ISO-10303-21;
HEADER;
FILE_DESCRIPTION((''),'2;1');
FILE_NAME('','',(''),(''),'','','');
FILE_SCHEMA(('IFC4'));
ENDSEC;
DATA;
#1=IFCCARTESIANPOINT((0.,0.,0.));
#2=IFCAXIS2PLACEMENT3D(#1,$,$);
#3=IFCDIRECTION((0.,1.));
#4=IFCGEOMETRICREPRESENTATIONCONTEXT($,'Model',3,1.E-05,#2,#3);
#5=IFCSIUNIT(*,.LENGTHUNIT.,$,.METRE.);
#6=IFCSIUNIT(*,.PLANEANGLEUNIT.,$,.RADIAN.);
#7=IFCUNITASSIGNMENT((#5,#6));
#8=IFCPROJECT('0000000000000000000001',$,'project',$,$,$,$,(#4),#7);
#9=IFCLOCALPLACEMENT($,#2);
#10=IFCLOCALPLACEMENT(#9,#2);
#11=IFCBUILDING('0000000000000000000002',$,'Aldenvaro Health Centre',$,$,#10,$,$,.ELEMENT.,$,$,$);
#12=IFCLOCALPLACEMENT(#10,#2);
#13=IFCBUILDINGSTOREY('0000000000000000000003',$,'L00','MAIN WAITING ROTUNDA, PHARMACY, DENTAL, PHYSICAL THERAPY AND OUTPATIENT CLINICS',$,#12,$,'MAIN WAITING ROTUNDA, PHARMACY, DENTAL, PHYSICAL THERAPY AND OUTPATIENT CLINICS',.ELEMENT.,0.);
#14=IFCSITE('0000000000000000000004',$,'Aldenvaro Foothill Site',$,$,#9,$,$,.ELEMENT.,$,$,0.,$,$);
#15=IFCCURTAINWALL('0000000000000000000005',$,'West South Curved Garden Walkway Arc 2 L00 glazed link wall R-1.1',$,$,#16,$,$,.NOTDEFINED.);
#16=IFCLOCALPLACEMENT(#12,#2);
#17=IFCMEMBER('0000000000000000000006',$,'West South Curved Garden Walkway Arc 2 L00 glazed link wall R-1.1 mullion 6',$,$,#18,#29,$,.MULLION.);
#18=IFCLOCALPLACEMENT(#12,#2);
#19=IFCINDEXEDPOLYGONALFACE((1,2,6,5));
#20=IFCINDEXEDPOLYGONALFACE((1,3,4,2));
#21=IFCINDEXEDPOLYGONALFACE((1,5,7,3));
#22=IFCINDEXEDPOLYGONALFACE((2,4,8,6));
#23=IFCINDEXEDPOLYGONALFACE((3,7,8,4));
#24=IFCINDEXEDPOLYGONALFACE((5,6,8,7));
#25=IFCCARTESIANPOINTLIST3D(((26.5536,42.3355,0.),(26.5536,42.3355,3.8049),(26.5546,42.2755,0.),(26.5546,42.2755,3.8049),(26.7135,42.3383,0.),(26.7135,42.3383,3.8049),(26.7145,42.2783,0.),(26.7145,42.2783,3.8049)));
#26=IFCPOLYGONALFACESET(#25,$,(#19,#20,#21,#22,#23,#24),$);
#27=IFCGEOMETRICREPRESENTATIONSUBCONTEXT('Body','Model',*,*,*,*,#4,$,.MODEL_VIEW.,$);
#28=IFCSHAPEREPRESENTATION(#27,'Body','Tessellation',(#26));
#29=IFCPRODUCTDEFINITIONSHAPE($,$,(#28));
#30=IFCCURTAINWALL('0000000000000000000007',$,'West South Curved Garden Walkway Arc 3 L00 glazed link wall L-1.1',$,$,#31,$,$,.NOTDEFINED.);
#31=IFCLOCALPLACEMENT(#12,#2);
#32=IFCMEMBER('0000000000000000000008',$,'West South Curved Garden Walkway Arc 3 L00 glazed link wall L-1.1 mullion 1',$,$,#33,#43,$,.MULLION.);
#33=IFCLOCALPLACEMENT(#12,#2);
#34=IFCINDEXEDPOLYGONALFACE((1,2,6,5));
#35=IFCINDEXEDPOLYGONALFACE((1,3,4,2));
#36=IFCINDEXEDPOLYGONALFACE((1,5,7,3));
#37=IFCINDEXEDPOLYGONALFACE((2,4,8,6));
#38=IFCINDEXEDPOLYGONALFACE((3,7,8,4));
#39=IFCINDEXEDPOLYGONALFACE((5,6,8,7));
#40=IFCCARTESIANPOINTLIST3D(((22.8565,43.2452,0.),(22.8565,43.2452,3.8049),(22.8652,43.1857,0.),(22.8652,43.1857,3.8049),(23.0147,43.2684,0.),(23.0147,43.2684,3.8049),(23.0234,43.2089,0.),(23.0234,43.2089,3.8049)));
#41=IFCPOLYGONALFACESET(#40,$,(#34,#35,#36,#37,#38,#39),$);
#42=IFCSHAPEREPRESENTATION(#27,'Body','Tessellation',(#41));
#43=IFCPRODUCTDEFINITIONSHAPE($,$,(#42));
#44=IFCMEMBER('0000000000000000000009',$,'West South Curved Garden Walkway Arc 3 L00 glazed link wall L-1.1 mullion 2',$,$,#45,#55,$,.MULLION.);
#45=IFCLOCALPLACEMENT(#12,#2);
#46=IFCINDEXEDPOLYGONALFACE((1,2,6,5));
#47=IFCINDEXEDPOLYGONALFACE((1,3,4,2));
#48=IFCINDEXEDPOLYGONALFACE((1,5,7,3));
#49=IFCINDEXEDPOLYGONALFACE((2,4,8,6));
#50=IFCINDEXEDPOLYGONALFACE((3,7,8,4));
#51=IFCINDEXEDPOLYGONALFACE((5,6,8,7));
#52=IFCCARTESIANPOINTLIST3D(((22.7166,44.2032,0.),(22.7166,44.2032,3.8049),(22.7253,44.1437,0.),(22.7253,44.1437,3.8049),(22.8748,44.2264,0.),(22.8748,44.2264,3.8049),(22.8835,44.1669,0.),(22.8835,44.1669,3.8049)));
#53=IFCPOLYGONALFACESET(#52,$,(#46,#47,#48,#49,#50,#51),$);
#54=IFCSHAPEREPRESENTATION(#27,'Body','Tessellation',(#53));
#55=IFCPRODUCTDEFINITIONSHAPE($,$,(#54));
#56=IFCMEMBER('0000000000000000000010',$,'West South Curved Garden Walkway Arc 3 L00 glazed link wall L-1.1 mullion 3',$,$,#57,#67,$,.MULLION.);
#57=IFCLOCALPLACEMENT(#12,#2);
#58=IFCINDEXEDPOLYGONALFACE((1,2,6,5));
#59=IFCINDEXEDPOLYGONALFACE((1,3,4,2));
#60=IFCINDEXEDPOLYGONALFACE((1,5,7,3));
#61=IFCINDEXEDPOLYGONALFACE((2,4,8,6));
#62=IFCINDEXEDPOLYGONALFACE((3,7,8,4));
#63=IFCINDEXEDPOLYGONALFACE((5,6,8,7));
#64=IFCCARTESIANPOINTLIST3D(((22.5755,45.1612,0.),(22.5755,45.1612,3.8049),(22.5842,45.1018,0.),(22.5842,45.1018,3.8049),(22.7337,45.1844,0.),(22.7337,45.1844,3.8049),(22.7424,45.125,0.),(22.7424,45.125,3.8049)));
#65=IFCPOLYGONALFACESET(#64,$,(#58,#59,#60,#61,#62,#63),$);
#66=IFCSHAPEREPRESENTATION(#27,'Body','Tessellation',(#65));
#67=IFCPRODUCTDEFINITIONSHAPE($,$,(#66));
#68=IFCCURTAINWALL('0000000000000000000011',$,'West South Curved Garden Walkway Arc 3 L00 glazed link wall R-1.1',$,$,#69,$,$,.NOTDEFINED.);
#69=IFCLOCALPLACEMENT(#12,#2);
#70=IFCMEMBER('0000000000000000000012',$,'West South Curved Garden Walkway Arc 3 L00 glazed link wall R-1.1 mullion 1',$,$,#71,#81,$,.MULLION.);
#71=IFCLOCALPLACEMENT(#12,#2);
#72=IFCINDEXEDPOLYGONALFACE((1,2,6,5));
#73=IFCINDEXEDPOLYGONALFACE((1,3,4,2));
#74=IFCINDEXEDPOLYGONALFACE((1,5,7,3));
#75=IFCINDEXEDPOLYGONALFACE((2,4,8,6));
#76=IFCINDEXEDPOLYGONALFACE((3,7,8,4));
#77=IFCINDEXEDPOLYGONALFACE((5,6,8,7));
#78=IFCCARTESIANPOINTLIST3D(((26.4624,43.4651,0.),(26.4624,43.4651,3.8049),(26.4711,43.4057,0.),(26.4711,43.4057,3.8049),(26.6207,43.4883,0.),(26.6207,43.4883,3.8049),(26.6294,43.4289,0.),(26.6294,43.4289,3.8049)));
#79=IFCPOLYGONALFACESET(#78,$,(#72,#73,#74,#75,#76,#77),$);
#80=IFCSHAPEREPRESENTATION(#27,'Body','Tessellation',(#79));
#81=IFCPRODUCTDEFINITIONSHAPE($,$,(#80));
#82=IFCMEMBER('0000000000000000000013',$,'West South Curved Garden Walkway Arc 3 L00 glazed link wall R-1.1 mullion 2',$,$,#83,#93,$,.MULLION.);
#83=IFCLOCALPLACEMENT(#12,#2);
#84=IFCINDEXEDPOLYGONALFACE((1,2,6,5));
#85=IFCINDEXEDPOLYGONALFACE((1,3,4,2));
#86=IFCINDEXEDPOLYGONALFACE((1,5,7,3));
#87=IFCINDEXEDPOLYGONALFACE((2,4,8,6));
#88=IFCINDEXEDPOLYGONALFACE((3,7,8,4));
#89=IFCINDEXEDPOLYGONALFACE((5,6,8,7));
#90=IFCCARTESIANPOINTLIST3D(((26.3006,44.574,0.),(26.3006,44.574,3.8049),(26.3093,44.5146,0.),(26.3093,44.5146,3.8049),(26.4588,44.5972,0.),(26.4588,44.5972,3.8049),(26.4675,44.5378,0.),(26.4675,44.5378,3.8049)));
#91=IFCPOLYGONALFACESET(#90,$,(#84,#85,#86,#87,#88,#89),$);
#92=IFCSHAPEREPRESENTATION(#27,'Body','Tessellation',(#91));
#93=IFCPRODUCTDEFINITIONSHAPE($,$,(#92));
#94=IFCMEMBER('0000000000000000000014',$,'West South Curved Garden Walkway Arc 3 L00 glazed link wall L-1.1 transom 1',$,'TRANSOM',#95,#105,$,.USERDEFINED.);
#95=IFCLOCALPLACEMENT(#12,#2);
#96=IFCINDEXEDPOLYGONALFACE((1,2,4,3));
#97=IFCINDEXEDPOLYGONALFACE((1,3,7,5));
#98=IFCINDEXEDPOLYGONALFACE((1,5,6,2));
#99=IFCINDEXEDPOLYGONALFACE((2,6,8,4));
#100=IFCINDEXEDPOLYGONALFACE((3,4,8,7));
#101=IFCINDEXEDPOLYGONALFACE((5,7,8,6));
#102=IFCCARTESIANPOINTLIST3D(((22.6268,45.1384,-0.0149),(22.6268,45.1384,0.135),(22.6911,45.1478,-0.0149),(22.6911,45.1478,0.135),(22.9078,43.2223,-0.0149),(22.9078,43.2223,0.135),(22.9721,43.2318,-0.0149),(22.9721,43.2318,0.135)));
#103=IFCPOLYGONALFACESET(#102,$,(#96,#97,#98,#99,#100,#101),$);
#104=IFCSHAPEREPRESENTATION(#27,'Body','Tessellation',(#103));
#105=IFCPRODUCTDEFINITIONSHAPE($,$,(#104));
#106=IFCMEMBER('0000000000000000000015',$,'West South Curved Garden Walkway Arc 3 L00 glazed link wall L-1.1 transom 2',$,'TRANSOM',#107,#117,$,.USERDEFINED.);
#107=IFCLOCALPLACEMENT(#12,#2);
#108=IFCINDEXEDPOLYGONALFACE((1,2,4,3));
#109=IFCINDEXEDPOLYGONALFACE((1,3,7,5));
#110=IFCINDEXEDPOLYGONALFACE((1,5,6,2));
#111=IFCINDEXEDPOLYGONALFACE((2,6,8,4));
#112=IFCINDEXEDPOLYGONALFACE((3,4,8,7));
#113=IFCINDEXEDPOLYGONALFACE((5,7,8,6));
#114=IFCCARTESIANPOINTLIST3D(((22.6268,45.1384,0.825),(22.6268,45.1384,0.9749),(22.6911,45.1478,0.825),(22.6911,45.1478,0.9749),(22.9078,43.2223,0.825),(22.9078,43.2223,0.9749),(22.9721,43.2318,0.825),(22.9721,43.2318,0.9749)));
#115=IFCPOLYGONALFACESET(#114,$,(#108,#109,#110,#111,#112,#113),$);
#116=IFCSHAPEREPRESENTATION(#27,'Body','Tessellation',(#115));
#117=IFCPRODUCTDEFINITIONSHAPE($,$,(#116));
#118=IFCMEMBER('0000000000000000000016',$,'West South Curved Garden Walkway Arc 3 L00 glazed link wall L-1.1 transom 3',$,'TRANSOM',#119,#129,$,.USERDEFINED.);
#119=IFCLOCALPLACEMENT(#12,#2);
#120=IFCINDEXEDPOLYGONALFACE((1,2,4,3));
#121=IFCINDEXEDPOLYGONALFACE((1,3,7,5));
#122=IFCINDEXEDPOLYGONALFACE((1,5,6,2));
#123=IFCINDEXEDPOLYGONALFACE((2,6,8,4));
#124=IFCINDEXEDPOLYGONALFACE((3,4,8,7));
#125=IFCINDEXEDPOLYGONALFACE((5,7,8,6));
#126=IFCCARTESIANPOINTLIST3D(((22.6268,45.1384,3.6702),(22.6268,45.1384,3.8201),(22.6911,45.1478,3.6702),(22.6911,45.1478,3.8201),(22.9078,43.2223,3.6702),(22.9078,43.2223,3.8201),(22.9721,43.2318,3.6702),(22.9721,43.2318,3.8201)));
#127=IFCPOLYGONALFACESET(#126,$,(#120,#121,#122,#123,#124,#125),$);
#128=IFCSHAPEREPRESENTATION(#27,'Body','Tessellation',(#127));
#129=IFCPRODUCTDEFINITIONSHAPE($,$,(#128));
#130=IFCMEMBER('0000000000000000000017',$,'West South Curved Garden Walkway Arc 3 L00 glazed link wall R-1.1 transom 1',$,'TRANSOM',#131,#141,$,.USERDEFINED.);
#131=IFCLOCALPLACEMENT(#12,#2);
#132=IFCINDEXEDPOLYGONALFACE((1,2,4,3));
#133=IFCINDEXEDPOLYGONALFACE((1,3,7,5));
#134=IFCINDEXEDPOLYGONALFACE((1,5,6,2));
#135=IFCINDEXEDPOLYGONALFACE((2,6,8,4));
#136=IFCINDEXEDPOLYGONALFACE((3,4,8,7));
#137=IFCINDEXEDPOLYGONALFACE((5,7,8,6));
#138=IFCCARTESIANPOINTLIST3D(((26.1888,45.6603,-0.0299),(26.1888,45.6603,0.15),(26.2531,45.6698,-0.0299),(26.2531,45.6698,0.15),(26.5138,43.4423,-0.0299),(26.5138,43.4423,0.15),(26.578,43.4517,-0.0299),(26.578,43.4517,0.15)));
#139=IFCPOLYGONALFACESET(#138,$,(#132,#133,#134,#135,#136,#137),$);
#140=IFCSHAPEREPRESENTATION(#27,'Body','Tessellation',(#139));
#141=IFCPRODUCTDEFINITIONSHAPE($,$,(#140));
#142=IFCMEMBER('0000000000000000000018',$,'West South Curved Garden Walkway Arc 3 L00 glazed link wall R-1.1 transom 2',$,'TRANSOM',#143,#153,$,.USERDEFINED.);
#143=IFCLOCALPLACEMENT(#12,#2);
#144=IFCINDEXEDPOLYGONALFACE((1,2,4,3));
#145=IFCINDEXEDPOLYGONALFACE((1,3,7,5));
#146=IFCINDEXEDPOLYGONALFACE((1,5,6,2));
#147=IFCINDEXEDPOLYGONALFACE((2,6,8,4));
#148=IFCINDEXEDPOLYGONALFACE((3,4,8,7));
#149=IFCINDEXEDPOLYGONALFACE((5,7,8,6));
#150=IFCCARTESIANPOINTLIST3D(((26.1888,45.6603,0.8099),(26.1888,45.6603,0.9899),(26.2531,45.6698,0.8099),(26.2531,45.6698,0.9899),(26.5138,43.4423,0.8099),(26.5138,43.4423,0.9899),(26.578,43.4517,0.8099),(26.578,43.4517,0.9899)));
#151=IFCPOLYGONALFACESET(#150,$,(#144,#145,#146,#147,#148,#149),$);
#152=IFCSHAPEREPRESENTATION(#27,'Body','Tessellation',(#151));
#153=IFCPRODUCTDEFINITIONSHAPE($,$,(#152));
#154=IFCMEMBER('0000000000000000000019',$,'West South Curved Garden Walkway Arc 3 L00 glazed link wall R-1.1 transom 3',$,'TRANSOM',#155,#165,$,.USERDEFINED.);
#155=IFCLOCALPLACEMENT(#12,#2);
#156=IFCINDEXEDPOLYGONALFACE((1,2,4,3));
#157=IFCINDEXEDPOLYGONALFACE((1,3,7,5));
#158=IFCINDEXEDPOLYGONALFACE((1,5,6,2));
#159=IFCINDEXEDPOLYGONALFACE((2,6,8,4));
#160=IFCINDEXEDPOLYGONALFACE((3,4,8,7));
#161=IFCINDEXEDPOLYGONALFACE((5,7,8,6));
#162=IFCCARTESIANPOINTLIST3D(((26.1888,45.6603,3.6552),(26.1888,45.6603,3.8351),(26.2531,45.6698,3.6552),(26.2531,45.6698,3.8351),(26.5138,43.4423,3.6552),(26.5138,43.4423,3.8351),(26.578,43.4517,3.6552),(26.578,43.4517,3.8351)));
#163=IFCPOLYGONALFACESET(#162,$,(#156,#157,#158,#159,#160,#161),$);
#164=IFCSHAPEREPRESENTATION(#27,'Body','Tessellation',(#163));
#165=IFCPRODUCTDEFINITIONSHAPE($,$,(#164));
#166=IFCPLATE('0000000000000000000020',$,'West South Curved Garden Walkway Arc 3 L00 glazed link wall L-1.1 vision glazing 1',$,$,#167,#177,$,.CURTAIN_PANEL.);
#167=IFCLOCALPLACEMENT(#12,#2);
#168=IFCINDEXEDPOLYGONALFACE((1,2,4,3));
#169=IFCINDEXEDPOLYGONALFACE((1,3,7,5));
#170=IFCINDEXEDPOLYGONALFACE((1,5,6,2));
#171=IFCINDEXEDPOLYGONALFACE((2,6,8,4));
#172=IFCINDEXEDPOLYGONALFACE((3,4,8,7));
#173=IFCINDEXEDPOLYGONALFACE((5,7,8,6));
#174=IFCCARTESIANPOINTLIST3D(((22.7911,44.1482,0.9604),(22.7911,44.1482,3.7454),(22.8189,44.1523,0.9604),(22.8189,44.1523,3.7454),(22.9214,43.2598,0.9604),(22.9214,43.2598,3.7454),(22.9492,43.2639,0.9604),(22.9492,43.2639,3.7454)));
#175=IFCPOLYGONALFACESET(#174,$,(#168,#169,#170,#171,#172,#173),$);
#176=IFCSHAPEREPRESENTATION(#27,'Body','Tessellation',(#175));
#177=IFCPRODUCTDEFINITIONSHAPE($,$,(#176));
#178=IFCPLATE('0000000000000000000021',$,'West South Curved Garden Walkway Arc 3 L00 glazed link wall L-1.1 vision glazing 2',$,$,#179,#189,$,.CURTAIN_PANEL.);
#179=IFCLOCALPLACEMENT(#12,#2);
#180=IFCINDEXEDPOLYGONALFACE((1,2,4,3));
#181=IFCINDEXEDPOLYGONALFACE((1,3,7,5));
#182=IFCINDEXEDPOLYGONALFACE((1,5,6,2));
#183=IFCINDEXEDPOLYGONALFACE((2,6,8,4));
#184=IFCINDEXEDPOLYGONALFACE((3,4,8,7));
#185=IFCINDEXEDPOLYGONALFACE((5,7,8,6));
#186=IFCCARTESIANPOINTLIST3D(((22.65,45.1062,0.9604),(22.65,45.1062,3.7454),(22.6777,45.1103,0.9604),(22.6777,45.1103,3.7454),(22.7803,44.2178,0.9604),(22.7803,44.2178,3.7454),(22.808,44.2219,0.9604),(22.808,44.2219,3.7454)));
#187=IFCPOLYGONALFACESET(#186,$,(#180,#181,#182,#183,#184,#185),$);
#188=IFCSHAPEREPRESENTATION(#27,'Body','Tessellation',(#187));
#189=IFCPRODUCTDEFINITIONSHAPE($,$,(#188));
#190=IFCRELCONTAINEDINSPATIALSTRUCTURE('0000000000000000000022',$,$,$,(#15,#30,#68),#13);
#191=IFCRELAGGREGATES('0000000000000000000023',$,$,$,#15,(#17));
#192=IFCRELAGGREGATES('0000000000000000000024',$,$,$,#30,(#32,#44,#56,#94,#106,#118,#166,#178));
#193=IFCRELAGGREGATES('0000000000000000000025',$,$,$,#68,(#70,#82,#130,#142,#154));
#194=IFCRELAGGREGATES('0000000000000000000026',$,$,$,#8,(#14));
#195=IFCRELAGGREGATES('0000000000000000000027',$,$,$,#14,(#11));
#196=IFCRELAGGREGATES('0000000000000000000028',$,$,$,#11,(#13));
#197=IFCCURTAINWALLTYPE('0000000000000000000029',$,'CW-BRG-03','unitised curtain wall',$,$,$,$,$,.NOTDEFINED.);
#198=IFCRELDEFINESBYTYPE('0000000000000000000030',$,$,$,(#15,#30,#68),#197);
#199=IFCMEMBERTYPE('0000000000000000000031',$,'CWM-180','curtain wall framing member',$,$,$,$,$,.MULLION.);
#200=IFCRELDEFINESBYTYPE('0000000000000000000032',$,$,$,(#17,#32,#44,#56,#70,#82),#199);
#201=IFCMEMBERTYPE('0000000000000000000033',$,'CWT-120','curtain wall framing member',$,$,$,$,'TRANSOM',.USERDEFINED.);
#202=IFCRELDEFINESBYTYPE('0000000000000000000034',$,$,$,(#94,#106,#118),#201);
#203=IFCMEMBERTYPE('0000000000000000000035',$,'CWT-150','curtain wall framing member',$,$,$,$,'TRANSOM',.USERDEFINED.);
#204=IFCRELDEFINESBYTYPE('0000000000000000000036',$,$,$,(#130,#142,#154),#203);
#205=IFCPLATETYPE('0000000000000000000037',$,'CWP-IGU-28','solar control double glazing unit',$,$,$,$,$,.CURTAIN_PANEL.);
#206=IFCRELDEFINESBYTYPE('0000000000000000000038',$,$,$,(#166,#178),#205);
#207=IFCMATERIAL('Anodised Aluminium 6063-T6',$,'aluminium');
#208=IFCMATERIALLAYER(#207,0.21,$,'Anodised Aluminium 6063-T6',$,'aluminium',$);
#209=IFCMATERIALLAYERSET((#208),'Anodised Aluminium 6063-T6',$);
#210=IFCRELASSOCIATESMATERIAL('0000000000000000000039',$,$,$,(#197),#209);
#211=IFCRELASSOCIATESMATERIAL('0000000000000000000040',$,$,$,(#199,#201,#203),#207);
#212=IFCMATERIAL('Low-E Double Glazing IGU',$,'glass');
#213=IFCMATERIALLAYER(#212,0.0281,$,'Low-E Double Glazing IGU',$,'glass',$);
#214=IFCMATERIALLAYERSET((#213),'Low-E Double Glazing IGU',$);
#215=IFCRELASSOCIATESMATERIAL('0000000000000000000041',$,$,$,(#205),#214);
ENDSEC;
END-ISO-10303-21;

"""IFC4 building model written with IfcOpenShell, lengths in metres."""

from ifc_helpers import new_model, si_unit, direction, frame, origin, origin_2d, place, context, subcontext, project, spatial, rectangle, extrude, material, layer, layer_set, material_profile, profile_set, type_object, element, aggregate, save


model = new_model("IFC4")

# Units and contexts
model_context = context("Model", 3, precision=1e-05, world=origin(), true_north=direction((0.0, 1.0)))
body_context = subcontext(model_context, "Body", "Model", "MODEL_VIEW")
ifc_project = project(units=[si_unit("LENGTHUNIT", "METRE"), si_unit("PLANEANGLEUNIT", "RADIAN")], contexts=[model_context])

# Site, building, storey
site_placement = place(None, origin())
site = spatial("IfcSite", under=ifc_project, at=site_placement, Name="Aldenvaro Foothill Site", CompositionType="ELEMENT", RefElevation=0.0)
building_placement = place(site_placement, origin())
building = spatial("IfcBuilding", under=site, at=building_placement, Name="Aldenvaro Health Centre", CompositionType="ELEMENT")
storey_placement = place(building_placement, origin())
storey = spatial("IfcBuildingStorey", under=building, at=storey_placement, Name="L00", Description="MAIN WAITING ROTUNDA, PHARMACY, DENTAL, PHYSICAL THERAPY AND OUTPATIENT CLINICS", LongName="MAIN WAITING ROTUNDA, PHARMACY, DENTAL, PHYSICAL THERAPY AND OUTPATIENT CLINICS", CompositionType="ELEMENT", Elevation=0.0)

# Curtain wall, member
ifc_material_1 = material(Name="Anodised Aluminium 6063-T6", Category="aluminium")
ifc_layer_1 = layer(ifc_material_1, 0.21, Name="Anodised Aluminium 6063-T6", Category="aluminium")
ifc_layer_set_1 = layer_set([ifc_layer_1], Name="Anodised Aluminium 6063-T6")
curtain_wall_type = type_object("IfcCurtainWallType", Name="CW-BRG-03", Description="unitised curtain wall", PredefinedType="NOTDEFINED", material=ifc_layer_set_1)
ifc_material_profile_1 = material_profile(ifc_material_1, rectangle(XDim=0.0601, YDim=0.1599, at=origin_2d()), Name="ALU 60x160", Category="aluminium")
ifc_profile_set_1 = profile_set([ifc_material_profile_1], Name="Anodised Aluminium 6063-T6")
member_type_1 = type_object("IfcMemberType", Name="CWM-180", Description="curtain wall framing member", PredefinedType="MULLION", material=ifc_profile_set_1)
curtain_wall_1_placement = place(storey_placement, origin())
curtain_wall_1 = element("IfcCurtainWall", 1, at=curtain_wall_1_placement, inside=storey, type_object=curtain_wall_type, Name="West South Curved Garden Walkway Arc 2 L00 glazed link wall R-1.1", PredefinedType="NOTDEFINED")
member_1_placement = place(storey_placement, frame((26.634, 42.3069, 0.0), z_axis=(0.0, 0.0, 1.0), x_axis=(-0.017414, 0.999848, 0.0)))
member_1 = element("IfcMember", 2, at=member_1_placement, type_object=member_type_1, Name="West South Curved Garden Walkway Arc 2 L00 glazed link wall R-1.1 mullion 6", PredefinedType="MULLION", context=body_context, shape_type="SweptSolid", body=[
    extrude(rectangle(XDim=0.0601, YDim=0.1599, at=origin_2d()), origin(), (0.0, 0.0, 1.0), 3.8049),
])
aggregate(curtain_wall_1, [member_1])

# Curtain walls, members
curtain_wall_2_placement = place(storey_placement, origin())
curtain_wall_2 = element("IfcCurtainWall", 3, at=curtain_wall_2_placement, inside=storey, type_object=curtain_wall_type, Name="West South Curved Garden Walkway Arc 3 L00 glazed link wall L-1.1", PredefinedType="NOTDEFINED")
member_2_placement = place(storey_placement, frame((22.9399, 43.2271, 0.0), z_axis=(0.0, 0.0, 1.0), x_axis=(-0.145107, 0.989416, 0.0)))
member_2 = element("IfcMember", 4, at=member_2_placement, type_object=member_type_1, Name="West South Curved Garden Walkway Arc 3 L00 glazed link wall L-1.1 mullion 1", PredefinedType="MULLION", context=body_context, shape_type="SweptSolid", body=[
    extrude(rectangle(XDim=0.0601, YDim=0.1599, at=origin_2d()), origin(), (0.0, 0.0, 1.0), 3.8049),
])
member_3_placement = place(storey_placement, frame((22.8, 44.1851, 0.0), z_axis=(0.0, 0.0, 1.0), x_axis=(-0.145107, 0.989416, 0.0)))
member_3 = element("IfcMember", 5, at=member_3_placement, type_object=member_type_1, Name="West South Curved Garden Walkway Arc 3 L00 glazed link wall L-1.1 mullion 2", PredefinedType="MULLION", context=body_context, shape_type="SweptSolid", body=[
    extrude(rectangle(XDim=0.0601, YDim=0.1599, at=origin_2d()), origin(), (0.0, 0.0, 1.0), 3.8049),
])
member_4_placement = place(storey_placement, frame((22.6589, 45.1431, 0.0), z_axis=(0.0, 0.0, 1.0), x_axis=(-0.145107, 0.989416, 0.0)))
member_4 = element("IfcMember", 6, at=member_4_placement, type_object=member_type_1, Name="West South Curved Garden Walkway Arc 3 L00 glazed link wall L-1.1 mullion 3", PredefinedType="MULLION", context=body_context, shape_type="SweptSolid", body=[
    extrude(rectangle(XDim=0.0601, YDim=0.1599, at=origin_2d()), origin(), (0.0, 0.0, 1.0), 3.8049),
])
curtain_wall_3_placement = place(storey_placement, origin())
curtain_wall_3 = element("IfcCurtainWall", 7, at=curtain_wall_3_placement, inside=storey, type_object=curtain_wall_type, Name="West South Curved Garden Walkway Arc 3 L00 glazed link wall R-1.1", PredefinedType="NOTDEFINED")
member_5_placement = place(storey_placement, frame((26.5459, 43.447, 0.0), z_axis=(0.0, 0.0, 1.0), x_axis=(-0.14498, 0.989435, 0.0)))
member_5 = element("IfcMember", 8, at=member_5_placement, type_object=member_type_1, Name="West South Curved Garden Walkway Arc 3 L00 glazed link wall R-1.1 mullion 1", PredefinedType="MULLION", context=body_context, shape_type="SweptSolid", body=[
    extrude(rectangle(XDim=0.0601, YDim=0.1599, at=origin_2d()), origin(), (0.0, 0.0, 1.0), 3.8049),
])
member_6_placement = place(storey_placement, frame((26.384, 44.5559, 0.0), z_axis=(0.0, 0.0, 1.0), x_axis=(-0.14498, 0.989435, 0.0)))
member_6 = element("IfcMember", 9, at=member_6_placement, type_object=member_type_1, Name="West South Curved Garden Walkway Arc 3 L00 glazed link wall R-1.1 mullion 2", PredefinedType="MULLION", context=body_context, shape_type="SweptSolid", body=[
    extrude(rectangle(XDim=0.0601, YDim=0.1599, at=origin_2d()), origin(), (0.0, 0.0, 1.0), 3.8049),
])

# Members
ifc_material_profile_2 = material_profile(ifc_material_1, rectangle(XDim=0.0649, YDim=0.1499, at=origin_2d()), Name="ALU 65x150", Category="aluminium")
ifc_profile_set_2 = profile_set([ifc_material_profile_2], Name="Anodised Aluminium 6063-T6")
member_type_2 = type_object("IfcMemberType", Name="CWT-120", Description="curtain wall framing member", ElementType="TRANSOM", PredefinedType="USERDEFINED", material=ifc_profile_set_2)
member_7_placement = place(storey_placement, frame((22.9399, 43.2271, 0.0601), z_axis=(-0.145109, 0.989416, 0.0), x_axis=(-0.989416, -0.145109, 0.0)))
member_7 = element("IfcMember", 10, at=member_7_placement, type_object=member_type_2, Name="West South Curved Garden Walkway Arc 3 L00 glazed link wall L-1.1 transom 1", ObjectType="TRANSOM", PredefinedType="USERDEFINED", context=body_context, shape_type="SweptSolid", body=[
    extrude(rectangle(XDim=0.0649, YDim=0.1499, at=origin_2d()), origin(), (0.0, 0.0, 1.0), 1.9365),
])
member_8_placement = place(storey_placement, frame((22.9399, 43.2271, 0.8999), z_axis=(-0.145109, 0.989416, 0.0), x_axis=(-0.989416, -0.145109, 0.0)))
member_8 = element("IfcMember", 11, at=member_8_placement, type_object=member_type_2, Name="West South Curved Garden Walkway Arc 3 L00 glazed link wall L-1.1 transom 2", ObjectType="TRANSOM", PredefinedType="USERDEFINED", context=body_context, shape_type="SweptSolid", body=[
    extrude(rectangle(XDim=0.0649, YDim=0.1499, at=origin_2d()), origin(), (0.0, 0.0, 1.0), 1.9365),
])
member_9_placement = place(storey_placement, frame((22.9399, 43.2271, 3.7451), z_axis=(-0.145109, 0.989416, 0.0), x_axis=(-0.989416, -0.145109, 0.0)))
member_9 = element("IfcMember", 12, at=member_9_placement, type_object=member_type_2, Name="West South Curved Garden Walkway Arc 3 L00 glazed link wall L-1.1 transom 3", ObjectType="TRANSOM", PredefinedType="USERDEFINED", context=body_context, shape_type="SweptSolid", body=[
    extrude(rectangle(XDim=0.0649, YDim=0.1499, at=origin_2d()), origin(), (0.0, 0.0, 1.0), 1.9365),
])
ifc_material_profile_3 = material_profile(ifc_material_1, rectangle(XDim=0.0649, YDim=0.1799, at=origin_2d()), Name="ALU 65x180", Category="aluminium")
ifc_profile_set_3 = profile_set([ifc_material_profile_3], Name="Anodised Aluminium 6063-T6")
member_type_3 = type_object("IfcMemberType", Name="CWT-150", Description="curtain wall framing member", ElementType="TRANSOM", PredefinedType="USERDEFINED", material=ifc_profile_set_3)
member_10_placement = place(storey_placement, frame((26.5459, 43.447, 0.0601), z_axis=(-0.144958, 0.989438, 0.0), x_axis=(-0.989438, -0.144958, 0.0)))
member_10 = element("IfcMember", 13, at=member_10_placement, type_object=member_type_3, Name="West South Curved Garden Walkway Arc 3 L00 glazed link wall R-1.1 transom 1", ObjectType="TRANSOM", PredefinedType="USERDEFINED", context=body_context, shape_type="SweptSolid", body=[
    extrude(rectangle(XDim=0.0649, YDim=0.1799, at=origin_2d()), origin(), (0.0, 0.0, 1.0), 2.2417),
])
member_11_placement = place(storey_placement, frame((26.5459, 43.447, 0.8999), z_axis=(-0.144958, 0.989438, 0.0), x_axis=(-0.989438, -0.144958, 0.0)))
member_11 = element("IfcMember", 14, at=member_11_placement, type_object=member_type_3, Name="West South Curved Garden Walkway Arc 3 L00 glazed link wall R-1.1 transom 2", ObjectType="TRANSOM", PredefinedType="USERDEFINED", context=body_context, shape_type="SweptSolid", body=[
    extrude(rectangle(XDim=0.0649, YDim=0.1799, at=origin_2d()), origin(), (0.0, 0.0, 1.0), 2.2417),
])
member_12_placement = place(storey_placement, frame((26.5459, 43.447, 3.7451), z_axis=(-0.144958, 0.989438, 0.0), x_axis=(-0.989438, -0.144958, 0.0)))
member_12 = element("IfcMember", 15, at=member_12_placement, type_object=member_type_3, Name="West South Curved Garden Walkway Arc 3 L00 glazed link wall R-1.1 transom 3", ObjectType="TRANSOM", PredefinedType="USERDEFINED", context=body_context, shape_type="SweptSolid", body=[
    extrude(rectangle(XDim=0.0649, YDim=0.1799, at=origin_2d()), origin(), (0.0, 0.0, 1.0), 2.2417),
])

# Plates
ifc_material_2 = material(Name="Low-E Double Glazing IGU", Category="glass")
ifc_layer_2 = layer(ifc_material_2, 0.0281, Name="Low-E Double Glazing IGU", Category="glass")
ifc_layer_set_2 = layer_set([ifc_layer_2], Name="Low-E Double Glazing IGU")
plate_type_1 = type_object("IfcPlateType", Name="CWP-IGU-28", Description="solar control double glazing unit", PredefinedType="CURTAIN_PANEL", material=ifc_layer_set_2)
plate_1_placement = place(storey_placement, frame((22.8701, 43.7061, 0.9604), z_axis=(0.0, 0.0, 1.0), x_axis=(-0.145107, 0.989416, 0.0)))
plate_1 = element("IfcPlate", 16, at=plate_1_placement, type_object=plate_type_1, Name="West South Curved Garden Walkway Arc 3 L00 glazed link wall L-1.1 vision glazing 1", PredefinedType="CURTAIN_PANEL", context=body_context, shape_type="SweptSolid", body=[
    extrude(rectangle(XDim=0.8979, YDim=0.0281, at=origin_2d()), origin(), (0.0, 0.0, 1.0), 2.7849),
])
plate_2_placement = place(storey_placement, frame((22.729, 44.6641, 0.9604), z_axis=(0.0, 0.0, 1.0), x_axis=(-0.145107, 0.989416, 0.0)))
plate_2 = element("IfcPlate", 17, at=plate_2_placement, type_object=plate_type_1, Name="West South Curved Garden Walkway Arc 3 L00 glazed link wall L-1.1 vision glazing 2", PredefinedType="CURTAIN_PANEL", context=body_context, shape_type="SweptSolid", body=[
    extrude(rectangle(XDim=0.8979, YDim=0.0281, at=origin_2d()), origin(), (0.0, 0.0, 1.0), 2.7849),
])
aggregate(curtain_wall_2, [member_2, member_3, member_4, member_7, member_8, member_9, plate_1, plate_2])
aggregate(curtain_wall_3, [member_5, member_6, member_10, member_11, member_12])

save(model, "model.ifc")
